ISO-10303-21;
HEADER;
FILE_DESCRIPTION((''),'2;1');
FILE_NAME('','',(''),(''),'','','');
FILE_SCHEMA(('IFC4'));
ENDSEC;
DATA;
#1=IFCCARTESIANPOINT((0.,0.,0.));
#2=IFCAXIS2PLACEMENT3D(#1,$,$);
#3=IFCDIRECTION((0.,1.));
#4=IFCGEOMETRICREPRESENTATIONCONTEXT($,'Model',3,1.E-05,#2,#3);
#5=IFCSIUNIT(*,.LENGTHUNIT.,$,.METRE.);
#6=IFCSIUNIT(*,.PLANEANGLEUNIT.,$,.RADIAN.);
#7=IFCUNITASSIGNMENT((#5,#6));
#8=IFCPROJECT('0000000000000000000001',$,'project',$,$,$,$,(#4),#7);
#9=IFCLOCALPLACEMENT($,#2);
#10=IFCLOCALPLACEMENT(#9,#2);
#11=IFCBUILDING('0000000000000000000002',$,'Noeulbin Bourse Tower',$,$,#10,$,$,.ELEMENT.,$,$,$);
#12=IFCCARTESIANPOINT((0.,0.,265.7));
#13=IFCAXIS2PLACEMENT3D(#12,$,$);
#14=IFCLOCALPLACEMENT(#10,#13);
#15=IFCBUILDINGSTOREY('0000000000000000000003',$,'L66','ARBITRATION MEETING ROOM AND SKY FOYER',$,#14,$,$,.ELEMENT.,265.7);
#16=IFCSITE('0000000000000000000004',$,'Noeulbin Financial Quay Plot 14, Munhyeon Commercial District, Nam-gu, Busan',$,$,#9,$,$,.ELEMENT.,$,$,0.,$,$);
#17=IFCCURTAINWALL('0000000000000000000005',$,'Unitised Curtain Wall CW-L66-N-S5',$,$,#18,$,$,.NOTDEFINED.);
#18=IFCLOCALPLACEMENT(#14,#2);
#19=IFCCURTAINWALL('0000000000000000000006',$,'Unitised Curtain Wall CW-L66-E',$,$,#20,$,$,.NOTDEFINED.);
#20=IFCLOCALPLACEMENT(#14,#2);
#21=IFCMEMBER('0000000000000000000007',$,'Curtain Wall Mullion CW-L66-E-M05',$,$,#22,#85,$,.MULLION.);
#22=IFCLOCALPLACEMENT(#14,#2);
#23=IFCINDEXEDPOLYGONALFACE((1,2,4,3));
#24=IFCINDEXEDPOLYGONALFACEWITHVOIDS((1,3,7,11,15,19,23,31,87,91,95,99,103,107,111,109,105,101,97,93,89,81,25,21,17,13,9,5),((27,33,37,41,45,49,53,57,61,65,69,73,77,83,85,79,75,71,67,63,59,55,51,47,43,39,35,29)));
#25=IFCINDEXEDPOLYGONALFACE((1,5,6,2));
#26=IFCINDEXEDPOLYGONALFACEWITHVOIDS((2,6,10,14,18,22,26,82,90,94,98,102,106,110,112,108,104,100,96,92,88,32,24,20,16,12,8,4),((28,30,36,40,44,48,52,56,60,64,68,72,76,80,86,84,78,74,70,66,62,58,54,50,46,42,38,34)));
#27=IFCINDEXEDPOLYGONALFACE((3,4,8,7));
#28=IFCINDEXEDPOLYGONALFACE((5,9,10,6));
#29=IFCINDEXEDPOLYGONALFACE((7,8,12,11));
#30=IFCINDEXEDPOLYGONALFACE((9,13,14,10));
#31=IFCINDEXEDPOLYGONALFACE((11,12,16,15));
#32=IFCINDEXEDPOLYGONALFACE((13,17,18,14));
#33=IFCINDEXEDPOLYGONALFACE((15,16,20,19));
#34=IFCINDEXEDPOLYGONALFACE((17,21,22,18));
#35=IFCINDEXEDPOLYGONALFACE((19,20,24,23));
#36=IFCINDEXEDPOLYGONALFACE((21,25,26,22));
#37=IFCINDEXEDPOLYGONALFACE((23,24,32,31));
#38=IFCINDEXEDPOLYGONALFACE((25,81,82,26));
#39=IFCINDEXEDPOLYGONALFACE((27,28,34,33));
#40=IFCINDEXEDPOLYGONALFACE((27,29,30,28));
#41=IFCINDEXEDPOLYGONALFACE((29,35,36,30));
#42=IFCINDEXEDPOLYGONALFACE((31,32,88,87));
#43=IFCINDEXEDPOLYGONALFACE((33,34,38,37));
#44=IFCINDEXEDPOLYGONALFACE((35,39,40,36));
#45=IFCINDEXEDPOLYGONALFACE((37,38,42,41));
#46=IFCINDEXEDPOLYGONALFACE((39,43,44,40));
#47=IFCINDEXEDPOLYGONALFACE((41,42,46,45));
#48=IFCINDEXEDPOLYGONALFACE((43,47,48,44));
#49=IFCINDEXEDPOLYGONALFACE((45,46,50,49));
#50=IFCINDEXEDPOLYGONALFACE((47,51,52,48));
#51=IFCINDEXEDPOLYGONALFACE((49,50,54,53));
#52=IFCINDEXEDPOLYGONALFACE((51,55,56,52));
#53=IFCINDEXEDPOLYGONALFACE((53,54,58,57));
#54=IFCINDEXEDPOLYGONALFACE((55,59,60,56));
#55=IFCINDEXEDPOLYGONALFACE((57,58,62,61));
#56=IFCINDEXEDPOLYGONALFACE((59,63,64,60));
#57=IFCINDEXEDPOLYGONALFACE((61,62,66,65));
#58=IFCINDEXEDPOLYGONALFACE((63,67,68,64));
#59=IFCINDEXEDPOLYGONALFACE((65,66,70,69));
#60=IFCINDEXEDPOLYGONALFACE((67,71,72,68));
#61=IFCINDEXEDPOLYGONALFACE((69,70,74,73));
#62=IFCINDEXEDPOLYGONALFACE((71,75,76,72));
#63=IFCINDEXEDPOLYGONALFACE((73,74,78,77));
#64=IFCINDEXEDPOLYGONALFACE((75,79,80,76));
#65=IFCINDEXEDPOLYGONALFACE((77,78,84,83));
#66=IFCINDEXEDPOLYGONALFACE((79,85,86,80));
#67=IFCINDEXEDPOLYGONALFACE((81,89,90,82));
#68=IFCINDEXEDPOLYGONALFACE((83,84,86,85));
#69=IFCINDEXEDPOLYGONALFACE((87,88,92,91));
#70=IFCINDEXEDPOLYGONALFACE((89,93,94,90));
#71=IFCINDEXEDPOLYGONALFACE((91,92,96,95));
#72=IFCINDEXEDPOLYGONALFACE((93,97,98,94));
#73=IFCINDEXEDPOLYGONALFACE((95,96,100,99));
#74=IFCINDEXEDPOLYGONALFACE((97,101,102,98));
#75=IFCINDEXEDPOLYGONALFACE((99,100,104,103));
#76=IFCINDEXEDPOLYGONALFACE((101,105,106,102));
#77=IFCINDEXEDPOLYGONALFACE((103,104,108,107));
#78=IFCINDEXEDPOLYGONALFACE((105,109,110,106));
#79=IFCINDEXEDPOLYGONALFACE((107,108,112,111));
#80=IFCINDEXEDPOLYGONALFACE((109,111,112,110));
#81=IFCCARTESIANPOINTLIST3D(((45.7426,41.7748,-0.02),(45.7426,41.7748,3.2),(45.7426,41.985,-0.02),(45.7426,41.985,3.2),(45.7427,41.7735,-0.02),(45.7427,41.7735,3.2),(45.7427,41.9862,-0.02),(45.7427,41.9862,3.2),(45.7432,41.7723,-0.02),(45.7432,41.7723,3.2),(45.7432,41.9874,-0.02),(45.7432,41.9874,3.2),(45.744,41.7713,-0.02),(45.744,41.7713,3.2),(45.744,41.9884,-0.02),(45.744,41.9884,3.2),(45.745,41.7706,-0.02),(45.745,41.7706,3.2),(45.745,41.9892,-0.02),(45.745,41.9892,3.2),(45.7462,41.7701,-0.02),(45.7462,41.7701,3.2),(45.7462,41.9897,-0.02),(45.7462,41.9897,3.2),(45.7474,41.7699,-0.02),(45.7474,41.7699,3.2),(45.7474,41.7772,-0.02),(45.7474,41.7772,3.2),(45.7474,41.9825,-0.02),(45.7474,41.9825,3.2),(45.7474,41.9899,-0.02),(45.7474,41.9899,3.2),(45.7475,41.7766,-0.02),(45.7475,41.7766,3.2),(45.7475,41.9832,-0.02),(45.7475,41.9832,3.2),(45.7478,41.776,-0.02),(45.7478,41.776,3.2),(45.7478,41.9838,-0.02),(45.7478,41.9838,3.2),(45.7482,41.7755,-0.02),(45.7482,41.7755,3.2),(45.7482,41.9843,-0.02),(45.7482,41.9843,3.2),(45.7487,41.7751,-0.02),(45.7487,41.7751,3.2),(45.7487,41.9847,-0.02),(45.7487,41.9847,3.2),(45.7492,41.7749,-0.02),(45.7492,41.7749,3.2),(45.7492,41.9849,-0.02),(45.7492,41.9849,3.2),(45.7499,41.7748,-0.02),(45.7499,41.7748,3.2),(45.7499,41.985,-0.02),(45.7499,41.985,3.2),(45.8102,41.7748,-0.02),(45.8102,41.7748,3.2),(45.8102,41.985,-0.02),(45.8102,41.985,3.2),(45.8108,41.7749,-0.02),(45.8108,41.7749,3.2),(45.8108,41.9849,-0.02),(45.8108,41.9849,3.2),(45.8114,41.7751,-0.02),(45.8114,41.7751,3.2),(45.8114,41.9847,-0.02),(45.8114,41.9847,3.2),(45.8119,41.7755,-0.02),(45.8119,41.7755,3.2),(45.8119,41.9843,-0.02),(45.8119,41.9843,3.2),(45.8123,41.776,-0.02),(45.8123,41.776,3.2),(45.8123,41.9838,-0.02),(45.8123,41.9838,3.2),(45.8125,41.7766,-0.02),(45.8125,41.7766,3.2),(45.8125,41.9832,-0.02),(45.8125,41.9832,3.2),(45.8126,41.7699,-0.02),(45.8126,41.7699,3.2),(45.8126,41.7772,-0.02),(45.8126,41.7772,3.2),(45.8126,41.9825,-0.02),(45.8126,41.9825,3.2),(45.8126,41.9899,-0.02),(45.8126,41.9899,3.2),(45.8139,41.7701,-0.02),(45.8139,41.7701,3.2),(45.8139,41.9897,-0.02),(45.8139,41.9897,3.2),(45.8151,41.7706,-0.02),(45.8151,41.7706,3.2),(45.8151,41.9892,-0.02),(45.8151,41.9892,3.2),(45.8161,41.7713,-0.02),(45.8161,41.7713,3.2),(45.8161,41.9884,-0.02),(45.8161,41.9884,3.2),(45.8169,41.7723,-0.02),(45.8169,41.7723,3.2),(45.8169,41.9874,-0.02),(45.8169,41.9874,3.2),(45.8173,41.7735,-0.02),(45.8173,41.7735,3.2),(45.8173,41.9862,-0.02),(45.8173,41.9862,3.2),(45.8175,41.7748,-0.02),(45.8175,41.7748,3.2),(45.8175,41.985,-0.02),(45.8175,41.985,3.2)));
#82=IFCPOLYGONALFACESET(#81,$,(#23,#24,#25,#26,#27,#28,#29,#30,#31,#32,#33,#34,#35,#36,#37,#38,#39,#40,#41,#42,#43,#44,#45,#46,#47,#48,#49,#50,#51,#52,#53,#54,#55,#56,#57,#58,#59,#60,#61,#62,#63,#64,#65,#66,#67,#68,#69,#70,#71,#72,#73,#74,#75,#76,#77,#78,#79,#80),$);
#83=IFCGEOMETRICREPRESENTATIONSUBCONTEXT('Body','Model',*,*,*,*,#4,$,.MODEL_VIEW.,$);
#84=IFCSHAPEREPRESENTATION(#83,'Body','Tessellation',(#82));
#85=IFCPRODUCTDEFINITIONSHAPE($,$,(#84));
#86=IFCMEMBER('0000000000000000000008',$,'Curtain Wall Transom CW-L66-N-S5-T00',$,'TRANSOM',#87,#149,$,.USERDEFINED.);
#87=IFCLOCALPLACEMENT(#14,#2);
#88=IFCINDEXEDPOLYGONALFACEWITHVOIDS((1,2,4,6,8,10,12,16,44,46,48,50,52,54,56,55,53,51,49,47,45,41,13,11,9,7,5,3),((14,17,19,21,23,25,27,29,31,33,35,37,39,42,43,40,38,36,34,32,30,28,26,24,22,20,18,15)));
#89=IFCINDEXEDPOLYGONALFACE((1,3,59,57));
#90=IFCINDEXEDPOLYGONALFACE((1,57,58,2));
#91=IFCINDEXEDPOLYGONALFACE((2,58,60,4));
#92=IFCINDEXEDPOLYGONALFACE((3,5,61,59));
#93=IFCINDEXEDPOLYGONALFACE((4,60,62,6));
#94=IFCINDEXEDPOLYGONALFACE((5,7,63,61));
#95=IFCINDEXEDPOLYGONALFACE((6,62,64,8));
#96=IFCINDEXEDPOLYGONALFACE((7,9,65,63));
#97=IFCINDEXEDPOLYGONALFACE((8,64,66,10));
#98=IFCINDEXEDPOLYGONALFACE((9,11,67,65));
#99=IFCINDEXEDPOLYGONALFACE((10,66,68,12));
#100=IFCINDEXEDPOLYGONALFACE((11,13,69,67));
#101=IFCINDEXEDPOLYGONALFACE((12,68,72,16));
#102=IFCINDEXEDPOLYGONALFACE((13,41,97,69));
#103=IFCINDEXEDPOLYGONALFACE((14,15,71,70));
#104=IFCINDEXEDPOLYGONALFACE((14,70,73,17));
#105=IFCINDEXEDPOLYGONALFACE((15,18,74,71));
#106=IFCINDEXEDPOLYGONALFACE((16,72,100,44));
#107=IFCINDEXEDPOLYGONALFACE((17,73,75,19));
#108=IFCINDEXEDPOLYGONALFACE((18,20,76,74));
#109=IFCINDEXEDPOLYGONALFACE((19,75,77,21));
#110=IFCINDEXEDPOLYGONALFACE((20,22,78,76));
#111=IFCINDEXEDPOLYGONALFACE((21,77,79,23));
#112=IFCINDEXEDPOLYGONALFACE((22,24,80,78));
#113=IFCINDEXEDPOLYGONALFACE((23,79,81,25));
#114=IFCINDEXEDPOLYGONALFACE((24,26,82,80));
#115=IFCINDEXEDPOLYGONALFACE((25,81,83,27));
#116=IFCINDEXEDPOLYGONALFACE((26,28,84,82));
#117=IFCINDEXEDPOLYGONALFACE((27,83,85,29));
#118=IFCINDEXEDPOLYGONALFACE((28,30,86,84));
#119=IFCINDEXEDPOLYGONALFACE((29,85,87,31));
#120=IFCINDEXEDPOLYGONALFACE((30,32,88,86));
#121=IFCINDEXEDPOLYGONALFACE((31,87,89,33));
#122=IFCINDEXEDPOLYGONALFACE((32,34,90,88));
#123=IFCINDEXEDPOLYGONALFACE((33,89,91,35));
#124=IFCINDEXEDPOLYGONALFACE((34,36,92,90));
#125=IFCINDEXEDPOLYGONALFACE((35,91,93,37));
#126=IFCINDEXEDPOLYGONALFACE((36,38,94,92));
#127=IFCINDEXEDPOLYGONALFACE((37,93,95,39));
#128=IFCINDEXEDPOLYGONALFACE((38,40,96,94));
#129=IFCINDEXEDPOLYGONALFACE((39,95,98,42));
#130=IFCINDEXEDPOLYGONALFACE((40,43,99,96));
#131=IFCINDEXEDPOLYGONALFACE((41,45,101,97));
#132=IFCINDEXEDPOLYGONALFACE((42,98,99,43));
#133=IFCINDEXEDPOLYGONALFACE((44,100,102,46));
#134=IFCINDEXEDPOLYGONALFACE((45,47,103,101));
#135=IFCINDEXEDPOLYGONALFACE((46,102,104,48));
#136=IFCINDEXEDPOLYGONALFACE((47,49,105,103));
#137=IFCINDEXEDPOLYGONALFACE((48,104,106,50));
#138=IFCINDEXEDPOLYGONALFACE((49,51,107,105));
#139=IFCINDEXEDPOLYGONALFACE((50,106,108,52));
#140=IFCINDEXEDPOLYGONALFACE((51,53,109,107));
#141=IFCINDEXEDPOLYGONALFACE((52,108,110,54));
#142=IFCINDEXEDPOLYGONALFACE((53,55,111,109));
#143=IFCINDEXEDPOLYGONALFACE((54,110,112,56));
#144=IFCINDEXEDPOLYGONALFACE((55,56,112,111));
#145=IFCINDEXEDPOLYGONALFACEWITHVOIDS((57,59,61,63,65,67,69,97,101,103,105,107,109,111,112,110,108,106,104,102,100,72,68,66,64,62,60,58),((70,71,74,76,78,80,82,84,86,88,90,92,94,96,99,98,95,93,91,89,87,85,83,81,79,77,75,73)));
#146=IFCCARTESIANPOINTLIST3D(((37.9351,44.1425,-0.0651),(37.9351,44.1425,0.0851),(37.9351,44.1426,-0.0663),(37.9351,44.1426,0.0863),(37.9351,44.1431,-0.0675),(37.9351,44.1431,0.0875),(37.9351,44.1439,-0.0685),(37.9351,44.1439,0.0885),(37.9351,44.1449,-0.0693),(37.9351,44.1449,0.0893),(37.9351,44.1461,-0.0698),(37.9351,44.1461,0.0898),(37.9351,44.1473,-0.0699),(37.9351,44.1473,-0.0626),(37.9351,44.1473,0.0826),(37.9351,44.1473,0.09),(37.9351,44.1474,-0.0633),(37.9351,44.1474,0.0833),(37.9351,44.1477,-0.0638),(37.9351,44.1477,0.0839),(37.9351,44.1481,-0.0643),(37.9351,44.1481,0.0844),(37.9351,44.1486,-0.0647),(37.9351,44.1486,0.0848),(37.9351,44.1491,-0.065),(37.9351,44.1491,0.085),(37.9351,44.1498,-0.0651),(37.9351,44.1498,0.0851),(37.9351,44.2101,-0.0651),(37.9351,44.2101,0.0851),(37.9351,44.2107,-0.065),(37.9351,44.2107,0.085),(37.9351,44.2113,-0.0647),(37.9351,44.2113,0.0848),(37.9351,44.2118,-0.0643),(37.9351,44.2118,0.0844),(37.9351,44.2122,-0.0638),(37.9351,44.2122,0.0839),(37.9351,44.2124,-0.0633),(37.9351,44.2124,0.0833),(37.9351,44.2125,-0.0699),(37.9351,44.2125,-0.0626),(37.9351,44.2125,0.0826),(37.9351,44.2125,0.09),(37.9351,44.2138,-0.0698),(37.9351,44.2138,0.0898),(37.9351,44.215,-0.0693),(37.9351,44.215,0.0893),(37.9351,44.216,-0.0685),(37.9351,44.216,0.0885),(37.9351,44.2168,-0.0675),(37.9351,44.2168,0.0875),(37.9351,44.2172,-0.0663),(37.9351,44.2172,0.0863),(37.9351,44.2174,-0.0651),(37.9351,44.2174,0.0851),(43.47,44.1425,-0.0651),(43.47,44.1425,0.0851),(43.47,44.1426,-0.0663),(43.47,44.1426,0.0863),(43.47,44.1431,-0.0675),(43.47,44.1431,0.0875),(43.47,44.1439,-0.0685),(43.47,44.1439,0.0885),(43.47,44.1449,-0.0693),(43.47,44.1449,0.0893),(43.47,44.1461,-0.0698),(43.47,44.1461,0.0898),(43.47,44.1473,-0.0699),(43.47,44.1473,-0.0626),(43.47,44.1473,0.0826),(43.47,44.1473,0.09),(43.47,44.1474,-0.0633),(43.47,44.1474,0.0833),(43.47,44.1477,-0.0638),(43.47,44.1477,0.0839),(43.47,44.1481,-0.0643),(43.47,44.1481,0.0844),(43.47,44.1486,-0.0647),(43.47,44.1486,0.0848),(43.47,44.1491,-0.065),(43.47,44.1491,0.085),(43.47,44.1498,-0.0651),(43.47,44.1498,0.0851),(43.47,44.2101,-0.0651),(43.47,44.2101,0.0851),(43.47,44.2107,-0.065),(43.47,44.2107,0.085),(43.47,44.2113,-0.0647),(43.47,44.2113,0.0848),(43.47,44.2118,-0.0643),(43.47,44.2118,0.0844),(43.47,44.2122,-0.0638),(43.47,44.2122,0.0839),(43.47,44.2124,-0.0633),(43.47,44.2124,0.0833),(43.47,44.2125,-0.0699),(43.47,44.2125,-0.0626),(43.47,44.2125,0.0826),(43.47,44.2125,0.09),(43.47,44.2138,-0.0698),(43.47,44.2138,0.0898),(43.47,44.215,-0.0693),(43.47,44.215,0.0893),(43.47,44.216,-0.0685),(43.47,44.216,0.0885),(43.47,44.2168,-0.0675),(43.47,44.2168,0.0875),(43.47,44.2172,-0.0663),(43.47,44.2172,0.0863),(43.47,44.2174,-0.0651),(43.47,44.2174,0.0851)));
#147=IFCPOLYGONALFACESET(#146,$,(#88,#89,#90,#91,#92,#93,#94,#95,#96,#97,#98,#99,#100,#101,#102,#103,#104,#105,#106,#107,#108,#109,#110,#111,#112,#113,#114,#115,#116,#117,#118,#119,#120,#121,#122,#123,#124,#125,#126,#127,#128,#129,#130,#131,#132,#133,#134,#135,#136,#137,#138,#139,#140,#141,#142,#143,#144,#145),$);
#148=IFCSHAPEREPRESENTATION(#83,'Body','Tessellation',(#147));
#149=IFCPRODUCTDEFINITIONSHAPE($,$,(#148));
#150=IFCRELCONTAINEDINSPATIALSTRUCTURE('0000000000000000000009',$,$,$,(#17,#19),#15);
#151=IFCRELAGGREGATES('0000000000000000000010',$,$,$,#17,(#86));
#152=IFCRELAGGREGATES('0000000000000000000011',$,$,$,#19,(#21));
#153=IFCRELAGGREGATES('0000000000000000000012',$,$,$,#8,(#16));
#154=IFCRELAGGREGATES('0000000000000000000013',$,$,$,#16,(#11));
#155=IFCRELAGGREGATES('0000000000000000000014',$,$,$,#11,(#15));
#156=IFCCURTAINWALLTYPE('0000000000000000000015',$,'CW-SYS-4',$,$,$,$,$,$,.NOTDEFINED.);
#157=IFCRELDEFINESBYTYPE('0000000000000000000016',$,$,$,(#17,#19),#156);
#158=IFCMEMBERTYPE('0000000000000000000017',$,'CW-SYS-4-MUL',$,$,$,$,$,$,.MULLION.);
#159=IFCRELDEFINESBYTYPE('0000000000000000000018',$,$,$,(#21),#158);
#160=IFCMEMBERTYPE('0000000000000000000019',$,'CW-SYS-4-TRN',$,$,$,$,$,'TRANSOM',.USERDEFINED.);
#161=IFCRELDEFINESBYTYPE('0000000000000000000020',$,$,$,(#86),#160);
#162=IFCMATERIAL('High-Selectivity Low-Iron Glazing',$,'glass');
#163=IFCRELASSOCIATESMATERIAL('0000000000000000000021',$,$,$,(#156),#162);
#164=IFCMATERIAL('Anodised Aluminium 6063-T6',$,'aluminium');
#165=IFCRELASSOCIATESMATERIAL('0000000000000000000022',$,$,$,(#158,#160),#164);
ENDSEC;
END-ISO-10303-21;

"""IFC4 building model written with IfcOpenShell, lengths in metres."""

from ifc_helpers import new_model, si_unit, direction, frame, origin, origin_2d, place, context, subcontext, project, spatial, hollow_rectangle, extrude, material, material_profile, profile_set, type_object, element, aggregate, save


model = new_model("IFC4")

# Units and contexts
model_context = context("Model", 3, precision=1e-05, world=origin(), true_north=direction((0.0, 1.0)))
body_context = subcontext(model_context, "Body", "Model", "MODEL_VIEW")
ifc_project = project(units=[si_unit("LENGTHUNIT", "METRE"), si_unit("PLANEANGLEUNIT", "RADIAN")], contexts=[model_context])

# Site, building, storey
site_placement = place(None, origin())
site = spatial("IfcSite", under=ifc_project, at=site_placement, Name="Noeulbin Financial Quay Plot 14, Munhyeon Commercial District, Nam-gu, Busan", CompositionType="ELEMENT", RefElevation=0.0)
building_placement = place(site_placement, origin())
building = spatial("IfcBuilding", under=site, at=building_placement, Name="Noeulbin Bourse Tower", CompositionType="ELEMENT")
storey_placement = place(building_placement, frame((0.0, 0.0, 265.7)))
storey = spatial("IfcBuildingStorey", under=building, at=storey_placement, Name="L66", Description="ARBITRATION MEETING ROOM AND SKY FOYER", CompositionType="ELEMENT", Elevation=265.7)

# Curtain walls, member
ifc_material_1 = material(Name="High-Selectivity Low-Iron Glazing", Category="glass")
curtain_wall_type = type_object("IfcCurtainWallType", Name="CW-SYS-4", PredefinedType="NOTDEFINED", material=ifc_material_1)
curtain_wall_1_placement = place(storey_placement, origin())
curtain_wall_1 = element("IfcCurtainWall", 1, at=curtain_wall_1_placement, inside=storey, type_object=curtain_wall_type, Name="Unitised Curtain Wall CW-L66-N-S5", PredefinedType="NOTDEFINED")
ifc_material_2 = material(Name="Anodised Aluminium 6063-T6", Category="aluminium")
ifc_material_profile_1 = material_profile(ifc_material_2, hollow_rectangle(XDim=0.075, YDim=0.22, WallThickness=0.0049, InnerFilletRadius=0.0024, OuterFilletRadius=0.0049, at=origin_2d()), Name="ALU-MULL-75x220x5", Category="LoadBearing")
ifc_profile_set_1 = profile_set([ifc_material_profile_1], Name="Anodised Aluminium 6063-T6")
member_type_1 = type_object("IfcMemberType", Name="CW-SYS-4-MUL", PredefinedType="MULLION", material=ifc_profile_set_1)
curtain_wall_2_placement = place(storey_placement, origin())
curtain_wall_2 = element("IfcCurtainWall", 2, at=curtain_wall_2_placement, inside=storey, type_object=curtain_wall_type, Name="Unitised Curtain Wall CW-L66-E", PredefinedType="NOTDEFINED")
member_1_placement = place(storey_placement, frame((45.78, 41.8799, -0.02), z_axis=(0.0, 0.0, 1.0), x_axis=(1.0, 0.0, 0.0)))
member_1 = element("IfcMember", 3, at=member_1_placement, type_object=member_type_1, Name="Curtain Wall Mullion CW-L66-E-M05", PredefinedType="MULLION", context=body_context, shape_type="SweptSolid", body=[
    extrude(hollow_rectangle(XDim=0.075, YDim=0.22, WallThickness=0.0049, InnerFilletRadius=0.0024, OuterFilletRadius=0.0049, at=origin_2d()), origin(), (0.0, 0.0, 1.0), 3.22),
])

# Member
ifc_material_profile_2 = material_profile(ifc_material_2, hollow_rectangle(XDim=0.075, YDim=0.1599, WallThickness=0.0049, InnerFilletRadius=0.0024, OuterFilletRadius=0.0049, at=origin_2d()), Name="ALU-TRAN-75x160x5", Category="LoadBearing")
ifc_profile_set_2 = profile_set([ifc_material_profile_2], Name="Anodised Aluminium 6063-T6")
member_type_2 = type_object("IfcMemberType", Name="CW-SYS-4-TRN", ElementType="TRANSOM", PredefinedType="USERDEFINED", material=ifc_profile_set_2)
member_2_placement = place(storey_placement, frame((37.9351, 44.1799, 0.01), z_axis=(1.0, 0.0, 0.0), x_axis=(0.0, 1.0, 0.0)))
member_2 = element("IfcMember", 4, at=member_2_placement, type_object=member_type_2, Name="Curtain Wall Transom CW-L66-N-S5-T00", ObjectType="TRANSOM", PredefinedType="USERDEFINED", context=body_context, shape_type="SweptSolid", body=[
    extrude(hollow_rectangle(XDim=0.075, YDim=0.1599, WallThickness=0.0049, InnerFilletRadius=0.0024, OuterFilletRadius=0.0049, at=origin_2d()), origin(), (0.0, 0.0, 1.0), 5.5349),
])

aggregate(curtain_wall_1, [member_2])
aggregate(curtain_wall_2, [member_1])

save(model, "model.ifc")
